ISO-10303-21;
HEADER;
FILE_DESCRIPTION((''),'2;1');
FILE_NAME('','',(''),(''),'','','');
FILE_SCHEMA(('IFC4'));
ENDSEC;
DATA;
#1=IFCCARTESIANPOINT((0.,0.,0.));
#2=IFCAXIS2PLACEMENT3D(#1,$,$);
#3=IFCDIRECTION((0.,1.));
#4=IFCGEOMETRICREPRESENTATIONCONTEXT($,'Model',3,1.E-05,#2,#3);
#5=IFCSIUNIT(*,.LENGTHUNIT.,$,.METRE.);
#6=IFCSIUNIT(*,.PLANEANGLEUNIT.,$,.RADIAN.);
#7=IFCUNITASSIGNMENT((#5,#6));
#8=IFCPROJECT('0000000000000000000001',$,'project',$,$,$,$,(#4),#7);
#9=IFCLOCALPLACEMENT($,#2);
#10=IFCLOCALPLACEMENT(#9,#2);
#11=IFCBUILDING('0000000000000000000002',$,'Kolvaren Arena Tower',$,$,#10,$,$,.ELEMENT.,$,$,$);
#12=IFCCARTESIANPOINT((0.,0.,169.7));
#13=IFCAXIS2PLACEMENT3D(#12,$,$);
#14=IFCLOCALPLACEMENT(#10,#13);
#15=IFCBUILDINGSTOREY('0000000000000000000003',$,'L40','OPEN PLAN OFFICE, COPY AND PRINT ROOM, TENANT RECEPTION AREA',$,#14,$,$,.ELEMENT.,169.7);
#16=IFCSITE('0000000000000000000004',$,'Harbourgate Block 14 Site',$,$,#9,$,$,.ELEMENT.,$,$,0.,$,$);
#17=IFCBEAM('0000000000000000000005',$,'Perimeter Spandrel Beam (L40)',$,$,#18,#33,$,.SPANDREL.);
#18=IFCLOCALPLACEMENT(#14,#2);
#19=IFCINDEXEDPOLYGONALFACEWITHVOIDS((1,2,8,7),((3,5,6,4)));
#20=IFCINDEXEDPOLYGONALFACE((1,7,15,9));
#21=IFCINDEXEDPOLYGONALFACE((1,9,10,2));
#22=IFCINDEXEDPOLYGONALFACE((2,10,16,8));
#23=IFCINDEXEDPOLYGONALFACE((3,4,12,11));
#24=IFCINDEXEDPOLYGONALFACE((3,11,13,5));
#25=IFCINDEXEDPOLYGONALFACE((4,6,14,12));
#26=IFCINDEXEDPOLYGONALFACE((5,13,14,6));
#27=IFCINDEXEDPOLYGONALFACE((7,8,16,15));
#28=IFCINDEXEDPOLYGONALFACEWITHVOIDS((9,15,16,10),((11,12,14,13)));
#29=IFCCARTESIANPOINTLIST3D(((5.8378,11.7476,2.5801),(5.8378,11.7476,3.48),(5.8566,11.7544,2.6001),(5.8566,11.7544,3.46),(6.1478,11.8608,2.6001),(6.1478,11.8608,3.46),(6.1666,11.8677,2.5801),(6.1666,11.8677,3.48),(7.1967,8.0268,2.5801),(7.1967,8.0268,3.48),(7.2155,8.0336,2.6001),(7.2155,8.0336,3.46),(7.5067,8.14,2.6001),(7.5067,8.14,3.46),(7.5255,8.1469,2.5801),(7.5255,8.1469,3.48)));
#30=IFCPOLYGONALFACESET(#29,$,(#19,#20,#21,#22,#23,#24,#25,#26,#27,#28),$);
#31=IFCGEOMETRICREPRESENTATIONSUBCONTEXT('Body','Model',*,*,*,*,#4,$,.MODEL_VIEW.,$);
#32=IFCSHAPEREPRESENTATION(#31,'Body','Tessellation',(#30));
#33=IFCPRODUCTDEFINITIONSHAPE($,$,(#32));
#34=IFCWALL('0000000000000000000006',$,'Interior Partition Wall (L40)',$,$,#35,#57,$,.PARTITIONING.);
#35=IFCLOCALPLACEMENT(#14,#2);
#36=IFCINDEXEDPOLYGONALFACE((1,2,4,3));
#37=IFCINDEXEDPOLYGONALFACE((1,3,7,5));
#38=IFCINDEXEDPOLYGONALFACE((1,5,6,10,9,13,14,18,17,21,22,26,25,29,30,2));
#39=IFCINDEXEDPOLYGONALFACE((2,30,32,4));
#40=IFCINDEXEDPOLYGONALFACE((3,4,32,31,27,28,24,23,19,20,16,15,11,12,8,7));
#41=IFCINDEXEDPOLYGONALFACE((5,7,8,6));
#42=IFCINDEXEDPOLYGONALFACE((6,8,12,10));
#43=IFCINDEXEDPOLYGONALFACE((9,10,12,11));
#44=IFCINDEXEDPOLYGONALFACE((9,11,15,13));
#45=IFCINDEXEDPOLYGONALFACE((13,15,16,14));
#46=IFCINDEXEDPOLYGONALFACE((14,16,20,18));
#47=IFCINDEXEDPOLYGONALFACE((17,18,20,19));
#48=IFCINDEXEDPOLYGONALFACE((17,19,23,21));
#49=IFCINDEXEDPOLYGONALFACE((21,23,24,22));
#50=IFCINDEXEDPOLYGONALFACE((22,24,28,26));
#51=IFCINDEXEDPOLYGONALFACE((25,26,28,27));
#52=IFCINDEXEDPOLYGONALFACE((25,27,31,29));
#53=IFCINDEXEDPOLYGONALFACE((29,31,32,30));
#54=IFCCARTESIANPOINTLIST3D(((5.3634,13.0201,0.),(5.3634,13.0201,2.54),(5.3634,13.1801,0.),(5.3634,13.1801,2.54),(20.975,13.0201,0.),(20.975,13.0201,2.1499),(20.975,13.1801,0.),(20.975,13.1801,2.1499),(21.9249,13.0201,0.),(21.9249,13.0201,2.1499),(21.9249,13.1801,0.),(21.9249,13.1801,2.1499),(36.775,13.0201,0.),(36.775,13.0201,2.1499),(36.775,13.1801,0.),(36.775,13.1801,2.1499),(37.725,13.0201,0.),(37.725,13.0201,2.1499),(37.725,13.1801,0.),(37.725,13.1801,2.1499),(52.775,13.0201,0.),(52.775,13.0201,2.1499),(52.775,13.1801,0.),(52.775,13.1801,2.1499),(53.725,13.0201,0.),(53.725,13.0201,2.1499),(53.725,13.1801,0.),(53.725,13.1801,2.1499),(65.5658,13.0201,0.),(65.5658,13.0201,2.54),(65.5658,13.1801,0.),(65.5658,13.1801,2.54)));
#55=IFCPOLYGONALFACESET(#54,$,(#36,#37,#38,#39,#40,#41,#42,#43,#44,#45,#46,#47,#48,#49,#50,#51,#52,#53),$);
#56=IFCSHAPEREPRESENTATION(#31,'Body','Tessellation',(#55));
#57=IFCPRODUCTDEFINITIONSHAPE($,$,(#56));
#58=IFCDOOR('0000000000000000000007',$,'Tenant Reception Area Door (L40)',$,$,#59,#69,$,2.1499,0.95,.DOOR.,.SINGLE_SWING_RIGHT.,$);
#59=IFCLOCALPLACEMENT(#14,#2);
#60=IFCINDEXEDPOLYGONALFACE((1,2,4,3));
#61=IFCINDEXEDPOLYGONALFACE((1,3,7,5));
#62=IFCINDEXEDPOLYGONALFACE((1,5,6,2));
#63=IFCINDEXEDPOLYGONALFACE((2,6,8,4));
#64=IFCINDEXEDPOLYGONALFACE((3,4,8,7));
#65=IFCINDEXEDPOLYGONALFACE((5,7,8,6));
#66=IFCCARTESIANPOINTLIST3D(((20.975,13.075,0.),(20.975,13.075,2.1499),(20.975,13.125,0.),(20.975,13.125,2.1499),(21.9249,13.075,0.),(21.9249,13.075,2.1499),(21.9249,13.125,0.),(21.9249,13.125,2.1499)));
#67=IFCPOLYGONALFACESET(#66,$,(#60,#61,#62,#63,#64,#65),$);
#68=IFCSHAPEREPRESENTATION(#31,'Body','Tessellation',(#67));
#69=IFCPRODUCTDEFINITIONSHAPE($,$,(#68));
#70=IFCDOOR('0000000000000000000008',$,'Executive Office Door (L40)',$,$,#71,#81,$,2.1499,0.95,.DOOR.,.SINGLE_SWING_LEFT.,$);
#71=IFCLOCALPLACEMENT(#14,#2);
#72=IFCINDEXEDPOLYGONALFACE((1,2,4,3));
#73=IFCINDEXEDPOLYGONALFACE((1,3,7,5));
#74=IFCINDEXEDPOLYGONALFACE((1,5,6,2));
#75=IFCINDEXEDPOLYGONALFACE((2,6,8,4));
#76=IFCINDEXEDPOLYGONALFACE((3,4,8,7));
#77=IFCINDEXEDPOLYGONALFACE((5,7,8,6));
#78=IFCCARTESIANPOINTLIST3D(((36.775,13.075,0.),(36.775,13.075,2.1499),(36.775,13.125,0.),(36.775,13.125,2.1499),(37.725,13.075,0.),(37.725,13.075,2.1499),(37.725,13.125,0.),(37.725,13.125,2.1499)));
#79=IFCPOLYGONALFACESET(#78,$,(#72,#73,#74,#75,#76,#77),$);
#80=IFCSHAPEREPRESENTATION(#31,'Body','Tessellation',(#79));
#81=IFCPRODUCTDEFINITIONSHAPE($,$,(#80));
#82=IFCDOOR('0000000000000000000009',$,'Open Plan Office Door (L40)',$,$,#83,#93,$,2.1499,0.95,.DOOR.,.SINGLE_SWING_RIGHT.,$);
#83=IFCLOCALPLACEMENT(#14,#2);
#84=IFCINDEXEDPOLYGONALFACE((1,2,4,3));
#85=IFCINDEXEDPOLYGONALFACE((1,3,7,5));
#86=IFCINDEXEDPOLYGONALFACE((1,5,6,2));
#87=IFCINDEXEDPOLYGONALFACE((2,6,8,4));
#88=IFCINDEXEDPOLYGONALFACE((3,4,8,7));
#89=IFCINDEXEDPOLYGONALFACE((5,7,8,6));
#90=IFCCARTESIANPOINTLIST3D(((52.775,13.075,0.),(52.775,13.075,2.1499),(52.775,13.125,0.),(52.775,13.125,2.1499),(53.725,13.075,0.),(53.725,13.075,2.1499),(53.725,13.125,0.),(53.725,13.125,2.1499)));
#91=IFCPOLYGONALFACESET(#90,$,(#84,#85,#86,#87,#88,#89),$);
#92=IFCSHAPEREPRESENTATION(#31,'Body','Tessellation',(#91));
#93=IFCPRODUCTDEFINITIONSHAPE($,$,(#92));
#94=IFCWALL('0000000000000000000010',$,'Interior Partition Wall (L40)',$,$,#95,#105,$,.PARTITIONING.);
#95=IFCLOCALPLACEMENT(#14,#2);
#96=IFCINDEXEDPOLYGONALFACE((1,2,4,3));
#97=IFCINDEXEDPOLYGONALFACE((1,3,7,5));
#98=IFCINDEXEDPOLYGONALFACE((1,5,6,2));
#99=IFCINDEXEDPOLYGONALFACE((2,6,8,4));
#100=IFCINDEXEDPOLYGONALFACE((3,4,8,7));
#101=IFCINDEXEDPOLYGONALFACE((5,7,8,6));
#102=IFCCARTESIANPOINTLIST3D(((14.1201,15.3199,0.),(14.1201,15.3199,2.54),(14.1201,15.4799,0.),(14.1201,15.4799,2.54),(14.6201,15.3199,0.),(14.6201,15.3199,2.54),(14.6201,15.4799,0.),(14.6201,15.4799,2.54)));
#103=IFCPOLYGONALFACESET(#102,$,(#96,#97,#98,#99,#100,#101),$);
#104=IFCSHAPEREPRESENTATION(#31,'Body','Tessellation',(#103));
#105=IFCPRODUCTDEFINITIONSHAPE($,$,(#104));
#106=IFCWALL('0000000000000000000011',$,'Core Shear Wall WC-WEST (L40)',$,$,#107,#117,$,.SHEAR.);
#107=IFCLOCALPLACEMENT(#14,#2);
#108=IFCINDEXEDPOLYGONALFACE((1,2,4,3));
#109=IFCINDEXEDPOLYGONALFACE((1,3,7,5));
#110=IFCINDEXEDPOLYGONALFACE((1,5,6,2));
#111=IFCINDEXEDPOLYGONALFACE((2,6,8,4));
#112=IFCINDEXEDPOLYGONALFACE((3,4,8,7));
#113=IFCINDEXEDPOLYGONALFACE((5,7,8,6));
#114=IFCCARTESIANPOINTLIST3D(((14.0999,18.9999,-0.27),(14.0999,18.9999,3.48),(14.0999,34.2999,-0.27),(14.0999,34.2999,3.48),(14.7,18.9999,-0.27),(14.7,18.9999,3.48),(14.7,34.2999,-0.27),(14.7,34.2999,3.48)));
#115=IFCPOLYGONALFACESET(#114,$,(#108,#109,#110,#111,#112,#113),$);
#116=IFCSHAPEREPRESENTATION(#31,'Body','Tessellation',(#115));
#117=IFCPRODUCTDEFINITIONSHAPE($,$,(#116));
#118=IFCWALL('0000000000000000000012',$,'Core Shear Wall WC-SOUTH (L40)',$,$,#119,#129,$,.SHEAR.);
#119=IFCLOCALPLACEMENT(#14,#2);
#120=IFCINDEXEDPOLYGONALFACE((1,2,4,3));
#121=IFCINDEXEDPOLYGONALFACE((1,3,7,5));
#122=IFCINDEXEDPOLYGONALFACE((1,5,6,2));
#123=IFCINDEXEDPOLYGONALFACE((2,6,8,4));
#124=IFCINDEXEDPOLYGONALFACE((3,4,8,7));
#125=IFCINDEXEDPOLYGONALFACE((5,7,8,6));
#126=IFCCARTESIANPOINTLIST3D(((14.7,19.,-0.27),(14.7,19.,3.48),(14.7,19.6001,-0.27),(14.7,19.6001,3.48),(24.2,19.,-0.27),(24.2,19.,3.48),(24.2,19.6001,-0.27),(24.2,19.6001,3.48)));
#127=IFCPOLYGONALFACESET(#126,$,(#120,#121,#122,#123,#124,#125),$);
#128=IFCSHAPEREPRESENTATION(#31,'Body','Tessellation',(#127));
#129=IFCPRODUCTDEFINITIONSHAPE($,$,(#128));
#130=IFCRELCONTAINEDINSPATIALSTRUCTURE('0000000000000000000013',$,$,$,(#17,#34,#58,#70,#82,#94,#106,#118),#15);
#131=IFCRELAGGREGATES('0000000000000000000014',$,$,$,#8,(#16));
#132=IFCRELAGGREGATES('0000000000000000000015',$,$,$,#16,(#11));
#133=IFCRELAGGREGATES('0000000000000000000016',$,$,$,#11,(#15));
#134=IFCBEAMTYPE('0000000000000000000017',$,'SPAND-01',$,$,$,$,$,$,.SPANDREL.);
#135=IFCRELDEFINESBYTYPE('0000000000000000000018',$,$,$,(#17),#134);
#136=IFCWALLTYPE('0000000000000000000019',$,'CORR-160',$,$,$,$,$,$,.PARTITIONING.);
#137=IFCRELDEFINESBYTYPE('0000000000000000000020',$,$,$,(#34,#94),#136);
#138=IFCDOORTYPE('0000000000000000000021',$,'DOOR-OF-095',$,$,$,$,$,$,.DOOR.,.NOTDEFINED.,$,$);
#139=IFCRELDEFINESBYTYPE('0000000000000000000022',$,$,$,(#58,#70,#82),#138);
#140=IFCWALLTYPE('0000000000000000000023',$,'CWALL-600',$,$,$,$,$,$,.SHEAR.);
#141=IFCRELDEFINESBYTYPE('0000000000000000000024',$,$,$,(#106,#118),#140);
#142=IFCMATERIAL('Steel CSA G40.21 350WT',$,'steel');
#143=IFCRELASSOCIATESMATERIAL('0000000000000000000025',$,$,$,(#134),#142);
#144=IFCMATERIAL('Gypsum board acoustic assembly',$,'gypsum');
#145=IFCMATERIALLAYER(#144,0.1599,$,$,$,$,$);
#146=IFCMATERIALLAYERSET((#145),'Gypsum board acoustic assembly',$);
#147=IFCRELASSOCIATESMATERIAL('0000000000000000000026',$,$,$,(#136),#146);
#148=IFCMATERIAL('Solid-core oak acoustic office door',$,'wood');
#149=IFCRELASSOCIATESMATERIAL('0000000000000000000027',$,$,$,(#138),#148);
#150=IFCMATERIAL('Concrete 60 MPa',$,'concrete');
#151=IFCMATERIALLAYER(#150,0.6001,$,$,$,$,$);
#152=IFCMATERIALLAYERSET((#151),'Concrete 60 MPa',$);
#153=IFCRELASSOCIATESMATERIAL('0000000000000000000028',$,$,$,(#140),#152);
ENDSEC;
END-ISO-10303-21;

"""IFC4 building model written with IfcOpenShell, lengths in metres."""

from ifc_helpers import new_model, si_unit, direction, frame, frame_2d, origin, origin_2d, place, context, subcontext, project, spatial, rectangle, hollow_rectangle, extrude, material, layer, layer_set, material_profile, profile_set, type_object, element, fill, save


model = new_model("IFC4")

# Units and contexts
model_context = context("Model", 3, precision=1e-05, world=origin(), true_north=direction((0.0, 1.0)))
body_context = subcontext(model_context, "Body", "Model", "MODEL_VIEW")
ifc_project = project(units=[si_unit("LENGTHUNIT", "METRE"), si_unit("PLANEANGLEUNIT", "RADIAN")], contexts=[model_context])

# Site, building, storey
site_placement = place(None, origin())
site = spatial("IfcSite", under=ifc_project, at=site_placement, Name="Harbourgate Block 14 Site", CompositionType="ELEMENT", RefElevation=0.0)
building_placement = place(site_placement, origin())
building = spatial("IfcBuilding", under=site, at=building_placement, Name="Kolvaren Arena Tower", CompositionType="ELEMENT")
storey_placement = place(building_placement, frame((0.0, 0.0, 169.7)))
storey = spatial("IfcBuildingStorey", under=building, at=storey_placement, Name="L40", Description="OPEN PLAN OFFICE, COPY AND PRINT ROOM, TENANT RECEPTION AREA", CompositionType="ELEMENT", Elevation=169.7)

# Beam
ifc_material_1 = material(Name="Steel CSA G40.21 350WT", Category="steel")
ifc_material_profile_1 = material_profile(ifc_material_1, hollow_rectangle(XDim=0.3501, YDim=0.8999, WallThickness=0.02, at=origin_2d()), Name="HSS 900x350x20")
ifc_profile_set_1 = profile_set([ifc_material_profile_1], Name="Steel CSA G40.21 350WT")
beam_type_1 = type_object("IfcBeamType", Name="SPAND-01", PredefinedType="SPANDREL", material=ifc_profile_set_1)
beam_1_placement = place(storey_placement, frame((6.0022, 11.8076, 3.03), z_axis=(0.343059, -0.939314, 0.0), x_axis=(0.939314, 0.343059, 0.0)))
element("IfcBeam", 1, at=beam_1_placement, inside=storey, type_object=beam_type_1, Name="Perimeter Spandrel Beam (L40)", PredefinedType="SPANDREL", context=body_context, shape_type="SweptSolid", body=[
    extrude(hollow_rectangle(XDim=0.3501, YDim=0.8999, WallThickness=0.02, at=origin_2d()), origin(), (0.0, 0.0, 1.0), 3.9612),
])

# Wall, openings, doors
ifc_material_2 = material(Name="Gypsum board acoustic assembly", Category="gypsum")
ifc_layer_1 = layer(ifc_material_2, 0.1599)
ifc_layer_set_1 = layer_set([ifc_layer_1], Name="Gypsum board acoustic assembly")
wall_type_1 = type_object("IfcWallType", Name="CORR-160", PredefinedType="PARTITIONING", material=ifc_layer_set_1)
wall_1_placement = place(storey_placement, frame((5.3635, 13.1001, 0.0), z_axis=(0.0, 0.0, 1.0), x_axis=(1.0, 0.0, 0.0)))
wall_1 = element("IfcWall", 2, at=wall_1_placement, inside=storey, type_object=wall_type_1, Name="Interior Partition Wall (L40)", PredefinedType="PARTITIONING", context=body_context, shape_type="SweptSolid", body=[
    extrude(rectangle(XDim=60.2024, YDim=0.1599, at=frame_2d((30.1011, 0.0))), origin(), (0.0, 0.0, 1.0), 2.54),
])
opening_1_placement = place(wall_1_placement, frame((15.6113, 0.0, 0.0)))
opening_1 = element("IfcOpeningElement", 3, at=opening_1_placement, cuts=wall_1, PredefinedType="OPENING", context=body_context, shape_type="SweptSolid", body=[
    extrude(rectangle(XDim=0.95, YDim=2.1499, at=frame_2d((0.4751, 1.075))), frame((0.0, 0.0898, 0.0), z_axis=(0.0, -1.0, 0.0), x_axis=(1.0, 0.0, 0.0)), (0.0, 0.0, 1.0), 0.1799),
])
opening_2_placement = place(wall_1_placement, frame((31.4114, 0.0, 0.0)))
opening_2 = element("IfcOpeningElement", 4, at=opening_2_placement, cuts=wall_1, PredefinedType="OPENING", context=body_context, shape_type="SweptSolid", body=[
    extrude(rectangle(XDim=0.95, YDim=2.1499, at=frame_2d((0.4751, 1.075))), frame((0.0, 0.0898, 0.0), z_axis=(0.0, -1.0, 0.0), x_axis=(1.0, 0.0, 0.0)), (0.0, 0.0, 1.0), 0.1799),
])
opening_3_placement = place(wall_1_placement, frame((47.4114, 0.0, 0.0)))
opening_3 = element("IfcOpeningElement", 5, at=opening_3_placement, cuts=wall_1, PredefinedType="OPENING", context=body_context, shape_type="SweptSolid", body=[
    extrude(rectangle(XDim=0.95, YDim=2.1499, at=frame_2d((0.4751, 1.075))), frame((0.0, 0.0898, 0.0), z_axis=(0.0, -1.0, 0.0), x_axis=(1.0, 0.0, 0.0)), (0.0, 0.0, 1.0), 0.1799),
])
ifc_material_3 = material(Name="Solid-core oak acoustic office door", Category="wood")
door_type_1 = type_object("IfcDoorType", Name="DOOR-OF-095", OperationType="NOTDEFINED", PredefinedType="DOOR", material=ifc_material_3)
door_1_placement = place(opening_1_placement, origin())
door_1 = element("IfcDoor", 6, at=door_1_placement, inside=storey, type_object=door_type_1, Name="Tenant Reception Area Door (L40)", OperationType="SINGLE_SWING_RIGHT", OverallHeight=2.1499, OverallWidth=0.95, PredefinedType="DOOR", context=body_context, shape_type="SweptSolid", body=[
    extrude(rectangle(XDim=0.95, YDim=2.1499, at=frame_2d((0.4751, 1.075))), frame((0.0, 0.0249, 0.0), z_axis=(0.0, -1.0, 0.0), x_axis=(1.0, 0.0, 0.0)), (0.0, 0.0, 1.0), 0.05),
])
fill(opening_1, door_1)
door_2_placement = place(opening_2_placement, origin())
door_2 = element("IfcDoor", 7, at=door_2_placement, inside=storey, type_object=door_type_1, Name="Executive Office Door (L40)", OperationType="SINGLE_SWING_LEFT", OverallHeight=2.1499, OverallWidth=0.95, PredefinedType="DOOR", context=body_context, shape_type="SweptSolid", body=[
    extrude(rectangle(XDim=0.95, YDim=2.1499, at=frame_2d((0.4751, 1.075))), frame((0.0, 0.0249, 0.0), z_axis=(0.0, -1.0, 0.0), x_axis=(1.0, 0.0, 0.0)), (0.0, 0.0, 1.0), 0.05),
])
fill(opening_2, door_2)
door_3_placement = place(opening_3_placement, origin())
door_3 = element("IfcDoor", 8, at=door_3_placement, inside=storey, type_object=door_type_1, Name="Open Plan Office Door (L40)", OperationType="SINGLE_SWING_RIGHT", OverallHeight=2.1499, OverallWidth=0.95, PredefinedType="DOOR", context=body_context, shape_type="SweptSolid", body=[
    extrude(rectangle(XDim=0.95, YDim=2.1499, at=frame_2d((0.4751, 1.075))), frame((0.0, 0.0249, 0.0), z_axis=(0.0, -1.0, 0.0), x_axis=(1.0, 0.0, 0.0)), (0.0, 0.0, 1.0), 0.05),
])
fill(opening_3, door_3)

# Walls
wall_2_placement = place(storey_placement, frame((14.1201, 15.3999, 0.0), z_axis=(0.0, 0.0, 1.0), x_axis=(1.0, 0.0, 0.0)))
element("IfcWall", 9, at=wall_2_placement, inside=storey, type_object=wall_type_1, Name="Interior Partition Wall (L40)", PredefinedType="PARTITIONING", context=body_context, shape_type="SweptSolid", body=[
    extrude(rectangle(XDim=0.5, YDim=0.1599, at=frame_2d((0.25, 0.0))), origin(), (0.0, 0.0, 1.0), 2.54),
])
ifc_material_4 = material(Name="Concrete 60 MPa", Category="concrete")
ifc_layer_2 = layer(ifc_material_4, 0.6001)
ifc_layer_set_2 = layer_set([ifc_layer_2], Name="Concrete 60 MPa")
wall_type_2 = type_object("IfcWallType", Name="CWALL-600", PredefinedType="SHEAR", material=ifc_layer_set_2)
wall_3_placement = place(storey_placement, frame((14.3999, 19.0, -0.27), z_axis=(0.0, 0.0, 1.0), x_axis=(0.0, 1.0, 0.0)))
element("IfcWall", 10, at=wall_3_placement, inside=storey, type_object=wall_type_2, Name="Core Shear Wall WC-WEST (L40)", PredefinedType="SHEAR", context=body_context, shape_type="SweptSolid", body=[
    extrude(rectangle(XDim=15.3, YDim=0.6001, at=frame_2d((7.6499, 0.0))), origin(), (0.0, 0.0, 1.0), 3.75),
])
wall_4_placement = place(storey_placement, frame((14.7, 19.3, -0.27), z_axis=(0.0, 0.0, 1.0), x_axis=(1.0, 0.0, 0.0)))
element("IfcWall", 11, at=wall_4_placement, inside=storey, type_object=wall_type_2, Name="Core Shear Wall WC-SOUTH (L40)", PredefinedType="SHEAR", context=body_context, shape_type="SweptSolid", body=[
    extrude(rectangle(XDim=9.5, YDim=0.6001, at=frame_2d((4.75, 0.0))), origin(), (0.0, 0.0, 1.0), 3.75),
])

save(model, "model.ifc")
